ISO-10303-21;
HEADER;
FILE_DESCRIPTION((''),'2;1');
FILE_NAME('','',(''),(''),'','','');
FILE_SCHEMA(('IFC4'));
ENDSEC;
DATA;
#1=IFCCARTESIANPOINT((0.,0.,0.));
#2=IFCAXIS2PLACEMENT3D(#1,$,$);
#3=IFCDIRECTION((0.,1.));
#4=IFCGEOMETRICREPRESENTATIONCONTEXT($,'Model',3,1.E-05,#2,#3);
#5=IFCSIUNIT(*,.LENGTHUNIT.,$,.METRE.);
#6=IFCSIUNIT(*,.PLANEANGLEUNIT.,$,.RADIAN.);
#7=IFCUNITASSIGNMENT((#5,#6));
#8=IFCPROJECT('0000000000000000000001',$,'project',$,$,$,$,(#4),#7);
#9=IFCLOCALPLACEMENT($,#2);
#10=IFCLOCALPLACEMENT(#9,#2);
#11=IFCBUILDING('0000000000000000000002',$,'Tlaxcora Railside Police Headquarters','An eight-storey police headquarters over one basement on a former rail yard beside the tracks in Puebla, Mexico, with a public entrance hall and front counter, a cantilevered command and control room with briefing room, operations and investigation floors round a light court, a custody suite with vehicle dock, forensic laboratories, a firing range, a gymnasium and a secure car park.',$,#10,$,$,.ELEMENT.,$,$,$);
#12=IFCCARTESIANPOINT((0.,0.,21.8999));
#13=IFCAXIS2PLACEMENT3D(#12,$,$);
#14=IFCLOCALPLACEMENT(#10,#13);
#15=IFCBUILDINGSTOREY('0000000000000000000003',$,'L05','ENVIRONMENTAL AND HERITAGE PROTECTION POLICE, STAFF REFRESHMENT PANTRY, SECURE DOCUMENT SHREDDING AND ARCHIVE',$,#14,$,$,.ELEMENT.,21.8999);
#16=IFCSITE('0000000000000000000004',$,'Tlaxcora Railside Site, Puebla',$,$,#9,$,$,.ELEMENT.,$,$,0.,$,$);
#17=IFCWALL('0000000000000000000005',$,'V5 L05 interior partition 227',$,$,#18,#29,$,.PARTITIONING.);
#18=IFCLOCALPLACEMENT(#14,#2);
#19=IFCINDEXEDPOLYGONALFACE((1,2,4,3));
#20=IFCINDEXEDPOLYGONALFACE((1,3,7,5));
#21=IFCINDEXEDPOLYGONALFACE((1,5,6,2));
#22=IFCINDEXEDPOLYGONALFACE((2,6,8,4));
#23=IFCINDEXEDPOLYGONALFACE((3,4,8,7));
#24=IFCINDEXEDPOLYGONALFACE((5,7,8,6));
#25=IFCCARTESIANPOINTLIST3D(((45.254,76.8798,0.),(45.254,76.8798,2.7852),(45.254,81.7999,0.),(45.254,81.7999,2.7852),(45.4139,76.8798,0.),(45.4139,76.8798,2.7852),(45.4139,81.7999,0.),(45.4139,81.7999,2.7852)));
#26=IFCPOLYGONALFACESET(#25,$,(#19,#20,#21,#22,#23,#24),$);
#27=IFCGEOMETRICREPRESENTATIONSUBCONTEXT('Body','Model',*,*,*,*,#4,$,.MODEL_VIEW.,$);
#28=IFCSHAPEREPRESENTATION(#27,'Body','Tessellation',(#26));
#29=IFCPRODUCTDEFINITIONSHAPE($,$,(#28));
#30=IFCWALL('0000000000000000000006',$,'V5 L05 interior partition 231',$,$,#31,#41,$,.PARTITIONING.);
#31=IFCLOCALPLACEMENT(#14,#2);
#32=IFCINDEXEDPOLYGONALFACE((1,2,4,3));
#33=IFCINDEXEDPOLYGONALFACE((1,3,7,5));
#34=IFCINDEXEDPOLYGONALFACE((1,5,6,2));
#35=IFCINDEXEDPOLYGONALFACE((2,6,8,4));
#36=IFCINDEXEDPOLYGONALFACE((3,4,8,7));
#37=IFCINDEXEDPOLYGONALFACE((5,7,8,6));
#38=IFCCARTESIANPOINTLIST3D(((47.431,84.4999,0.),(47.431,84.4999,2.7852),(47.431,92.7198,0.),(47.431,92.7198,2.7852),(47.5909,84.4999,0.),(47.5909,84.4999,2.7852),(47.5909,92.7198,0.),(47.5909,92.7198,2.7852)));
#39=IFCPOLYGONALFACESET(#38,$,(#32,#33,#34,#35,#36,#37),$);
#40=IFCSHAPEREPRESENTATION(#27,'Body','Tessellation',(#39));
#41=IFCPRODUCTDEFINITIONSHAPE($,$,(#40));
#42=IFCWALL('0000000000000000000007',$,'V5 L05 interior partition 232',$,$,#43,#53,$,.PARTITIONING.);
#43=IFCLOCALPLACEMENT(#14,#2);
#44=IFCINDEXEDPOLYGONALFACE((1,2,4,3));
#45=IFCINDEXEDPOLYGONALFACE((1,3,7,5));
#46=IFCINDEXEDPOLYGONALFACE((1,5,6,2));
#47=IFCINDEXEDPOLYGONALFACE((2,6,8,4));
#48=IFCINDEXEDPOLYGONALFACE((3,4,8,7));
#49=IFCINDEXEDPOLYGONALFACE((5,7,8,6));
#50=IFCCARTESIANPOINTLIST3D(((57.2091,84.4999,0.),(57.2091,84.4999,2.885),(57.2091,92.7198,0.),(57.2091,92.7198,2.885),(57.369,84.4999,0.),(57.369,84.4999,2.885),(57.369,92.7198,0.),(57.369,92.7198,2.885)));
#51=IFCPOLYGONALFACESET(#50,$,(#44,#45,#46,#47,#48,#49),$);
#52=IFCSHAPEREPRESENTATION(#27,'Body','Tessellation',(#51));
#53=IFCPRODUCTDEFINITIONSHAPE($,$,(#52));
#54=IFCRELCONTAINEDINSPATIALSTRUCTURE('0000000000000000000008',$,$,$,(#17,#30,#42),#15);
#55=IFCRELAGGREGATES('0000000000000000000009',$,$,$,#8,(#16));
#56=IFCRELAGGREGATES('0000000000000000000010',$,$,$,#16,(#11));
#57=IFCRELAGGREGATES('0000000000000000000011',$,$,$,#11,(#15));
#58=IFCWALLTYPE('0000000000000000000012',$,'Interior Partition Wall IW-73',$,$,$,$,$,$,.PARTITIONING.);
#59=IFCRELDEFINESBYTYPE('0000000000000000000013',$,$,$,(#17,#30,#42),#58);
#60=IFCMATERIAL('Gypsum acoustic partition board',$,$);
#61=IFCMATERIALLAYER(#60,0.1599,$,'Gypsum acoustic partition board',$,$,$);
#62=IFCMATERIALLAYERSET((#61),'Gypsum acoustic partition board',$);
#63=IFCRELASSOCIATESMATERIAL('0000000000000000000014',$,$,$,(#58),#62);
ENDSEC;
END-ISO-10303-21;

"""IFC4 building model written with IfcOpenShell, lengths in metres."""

from ifc_helpers import new_model, si_unit, direction, frame, frame_2d, origin, place, context, subcontext, project, spatial, rectangle, extrude, material, layer, layer_set, type_object, element, save


model = new_model("IFC4")

# Units and contexts
model_context = context("Model", 3, precision=1e-05, world=origin(), true_north=direction((0.0, 1.0)))
body_context = subcontext(model_context, "Body", "Model", "MODEL_VIEW")
ifc_project = project(units=[si_unit("LENGTHUNIT", "METRE"), si_unit("PLANEANGLEUNIT", "RADIAN")], contexts=[model_context])

# Site, building, storey
site_placement = place(None, origin())
site = spatial("IfcSite", under=ifc_project, at=site_placement, Name="Tlaxcora Railside Site, Puebla", CompositionType="ELEMENT", RefElevation=0.0)
building_placement = place(site_placement, origin())
building = spatial("IfcBuilding", under=site, at=building_placement, Name="Tlaxcora Railside Police Headquarters", Description="An eight-storey police headquarters over one basement on a former rail yard beside the tracks in Puebla, Mexico, with a public entrance hall and front counter, a cantilevered command and control room with briefing room, operations and investigation floors round a light court, a custody suite with vehicle dock, forensic laboratories, a firing range, a gymnasium and a secure car park.", CompositionType="ELEMENT")
storey_placement = place(building_placement, frame((0.0, 0.0, 21.8999)))
storey = spatial("IfcBuildingStorey", under=building, at=storey_placement, Name="L05", Description="ENVIRONMENTAL AND HERITAGE PROTECTION POLICE, STAFF REFRESHMENT PANTRY, SECURE DOCUMENT SHREDDING AND ARCHIVE", CompositionType="ELEMENT", Elevation=21.8999)

# Walls
ifc_material_1 = material(Name="Gypsum acoustic partition board")
ifc_layer_1 = layer(ifc_material_1, 0.1599, Name="Gypsum acoustic partition board")
ifc_layer_set_1 = layer_set([ifc_layer_1], Name="Gypsum acoustic partition board")
wall_type = type_object("IfcWallType", Name="Interior Partition Wall IW-73", PredefinedType="PARTITIONING", material=ifc_layer_set_1)
wall_1_placement = place(storey_placement, frame((45.334, 76.8799, 0.0), z_axis=(0.0, 0.0, 1.0), x_axis=(0.0, 1.0, 0.0)))
element("IfcWall", 1, at=wall_1_placement, inside=storey, type_object=wall_type, Name="V5 L05 interior partition 227", PredefinedType="PARTITIONING", context=body_context, shape_type="SweptSolid", body=[
    extrude(rectangle(XDim=4.9202, YDim=0.1599, at=frame_2d((2.46, 0.0))), origin(), (0.0, 0.0, 1.0), 2.7852),
])
wall_2_placement = place(storey_placement, frame((47.511, 84.5, 0.0), z_axis=(0.0, 0.0, 1.0), x_axis=(0.0, 1.0, 0.0)))
element("IfcWall", 2, at=wall_2_placement, inside=storey, type_object=wall_type, Name="V5 L05 interior partition 231", PredefinedType="PARTITIONING", context=body_context, shape_type="SweptSolid", body=[
    extrude(rectangle(XDim=8.22, YDim=0.1599, at=frame_2d((4.1099, 0.0))), origin(), (0.0, 0.0, 1.0), 2.7852),
])
wall_3_placement = place(storey_placement, frame((57.2891, 84.5, 0.0), z_axis=(0.0, 0.0, 1.0), x_axis=(0.0, 1.0, 0.0)))
element("IfcWall", 3, at=wall_3_placement, inside=storey, type_object=wall_type, Name="V5 L05 interior partition 232", PredefinedType="PARTITIONING", context=body_context, shape_type="SweptSolid", body=[
    extrude(rectangle(XDim=8.22, YDim=0.1599, at=frame_2d((4.1099, 0.0))), origin(), (0.0, 0.0, 1.0), 2.885),
])

save(model, "model.ifc")
